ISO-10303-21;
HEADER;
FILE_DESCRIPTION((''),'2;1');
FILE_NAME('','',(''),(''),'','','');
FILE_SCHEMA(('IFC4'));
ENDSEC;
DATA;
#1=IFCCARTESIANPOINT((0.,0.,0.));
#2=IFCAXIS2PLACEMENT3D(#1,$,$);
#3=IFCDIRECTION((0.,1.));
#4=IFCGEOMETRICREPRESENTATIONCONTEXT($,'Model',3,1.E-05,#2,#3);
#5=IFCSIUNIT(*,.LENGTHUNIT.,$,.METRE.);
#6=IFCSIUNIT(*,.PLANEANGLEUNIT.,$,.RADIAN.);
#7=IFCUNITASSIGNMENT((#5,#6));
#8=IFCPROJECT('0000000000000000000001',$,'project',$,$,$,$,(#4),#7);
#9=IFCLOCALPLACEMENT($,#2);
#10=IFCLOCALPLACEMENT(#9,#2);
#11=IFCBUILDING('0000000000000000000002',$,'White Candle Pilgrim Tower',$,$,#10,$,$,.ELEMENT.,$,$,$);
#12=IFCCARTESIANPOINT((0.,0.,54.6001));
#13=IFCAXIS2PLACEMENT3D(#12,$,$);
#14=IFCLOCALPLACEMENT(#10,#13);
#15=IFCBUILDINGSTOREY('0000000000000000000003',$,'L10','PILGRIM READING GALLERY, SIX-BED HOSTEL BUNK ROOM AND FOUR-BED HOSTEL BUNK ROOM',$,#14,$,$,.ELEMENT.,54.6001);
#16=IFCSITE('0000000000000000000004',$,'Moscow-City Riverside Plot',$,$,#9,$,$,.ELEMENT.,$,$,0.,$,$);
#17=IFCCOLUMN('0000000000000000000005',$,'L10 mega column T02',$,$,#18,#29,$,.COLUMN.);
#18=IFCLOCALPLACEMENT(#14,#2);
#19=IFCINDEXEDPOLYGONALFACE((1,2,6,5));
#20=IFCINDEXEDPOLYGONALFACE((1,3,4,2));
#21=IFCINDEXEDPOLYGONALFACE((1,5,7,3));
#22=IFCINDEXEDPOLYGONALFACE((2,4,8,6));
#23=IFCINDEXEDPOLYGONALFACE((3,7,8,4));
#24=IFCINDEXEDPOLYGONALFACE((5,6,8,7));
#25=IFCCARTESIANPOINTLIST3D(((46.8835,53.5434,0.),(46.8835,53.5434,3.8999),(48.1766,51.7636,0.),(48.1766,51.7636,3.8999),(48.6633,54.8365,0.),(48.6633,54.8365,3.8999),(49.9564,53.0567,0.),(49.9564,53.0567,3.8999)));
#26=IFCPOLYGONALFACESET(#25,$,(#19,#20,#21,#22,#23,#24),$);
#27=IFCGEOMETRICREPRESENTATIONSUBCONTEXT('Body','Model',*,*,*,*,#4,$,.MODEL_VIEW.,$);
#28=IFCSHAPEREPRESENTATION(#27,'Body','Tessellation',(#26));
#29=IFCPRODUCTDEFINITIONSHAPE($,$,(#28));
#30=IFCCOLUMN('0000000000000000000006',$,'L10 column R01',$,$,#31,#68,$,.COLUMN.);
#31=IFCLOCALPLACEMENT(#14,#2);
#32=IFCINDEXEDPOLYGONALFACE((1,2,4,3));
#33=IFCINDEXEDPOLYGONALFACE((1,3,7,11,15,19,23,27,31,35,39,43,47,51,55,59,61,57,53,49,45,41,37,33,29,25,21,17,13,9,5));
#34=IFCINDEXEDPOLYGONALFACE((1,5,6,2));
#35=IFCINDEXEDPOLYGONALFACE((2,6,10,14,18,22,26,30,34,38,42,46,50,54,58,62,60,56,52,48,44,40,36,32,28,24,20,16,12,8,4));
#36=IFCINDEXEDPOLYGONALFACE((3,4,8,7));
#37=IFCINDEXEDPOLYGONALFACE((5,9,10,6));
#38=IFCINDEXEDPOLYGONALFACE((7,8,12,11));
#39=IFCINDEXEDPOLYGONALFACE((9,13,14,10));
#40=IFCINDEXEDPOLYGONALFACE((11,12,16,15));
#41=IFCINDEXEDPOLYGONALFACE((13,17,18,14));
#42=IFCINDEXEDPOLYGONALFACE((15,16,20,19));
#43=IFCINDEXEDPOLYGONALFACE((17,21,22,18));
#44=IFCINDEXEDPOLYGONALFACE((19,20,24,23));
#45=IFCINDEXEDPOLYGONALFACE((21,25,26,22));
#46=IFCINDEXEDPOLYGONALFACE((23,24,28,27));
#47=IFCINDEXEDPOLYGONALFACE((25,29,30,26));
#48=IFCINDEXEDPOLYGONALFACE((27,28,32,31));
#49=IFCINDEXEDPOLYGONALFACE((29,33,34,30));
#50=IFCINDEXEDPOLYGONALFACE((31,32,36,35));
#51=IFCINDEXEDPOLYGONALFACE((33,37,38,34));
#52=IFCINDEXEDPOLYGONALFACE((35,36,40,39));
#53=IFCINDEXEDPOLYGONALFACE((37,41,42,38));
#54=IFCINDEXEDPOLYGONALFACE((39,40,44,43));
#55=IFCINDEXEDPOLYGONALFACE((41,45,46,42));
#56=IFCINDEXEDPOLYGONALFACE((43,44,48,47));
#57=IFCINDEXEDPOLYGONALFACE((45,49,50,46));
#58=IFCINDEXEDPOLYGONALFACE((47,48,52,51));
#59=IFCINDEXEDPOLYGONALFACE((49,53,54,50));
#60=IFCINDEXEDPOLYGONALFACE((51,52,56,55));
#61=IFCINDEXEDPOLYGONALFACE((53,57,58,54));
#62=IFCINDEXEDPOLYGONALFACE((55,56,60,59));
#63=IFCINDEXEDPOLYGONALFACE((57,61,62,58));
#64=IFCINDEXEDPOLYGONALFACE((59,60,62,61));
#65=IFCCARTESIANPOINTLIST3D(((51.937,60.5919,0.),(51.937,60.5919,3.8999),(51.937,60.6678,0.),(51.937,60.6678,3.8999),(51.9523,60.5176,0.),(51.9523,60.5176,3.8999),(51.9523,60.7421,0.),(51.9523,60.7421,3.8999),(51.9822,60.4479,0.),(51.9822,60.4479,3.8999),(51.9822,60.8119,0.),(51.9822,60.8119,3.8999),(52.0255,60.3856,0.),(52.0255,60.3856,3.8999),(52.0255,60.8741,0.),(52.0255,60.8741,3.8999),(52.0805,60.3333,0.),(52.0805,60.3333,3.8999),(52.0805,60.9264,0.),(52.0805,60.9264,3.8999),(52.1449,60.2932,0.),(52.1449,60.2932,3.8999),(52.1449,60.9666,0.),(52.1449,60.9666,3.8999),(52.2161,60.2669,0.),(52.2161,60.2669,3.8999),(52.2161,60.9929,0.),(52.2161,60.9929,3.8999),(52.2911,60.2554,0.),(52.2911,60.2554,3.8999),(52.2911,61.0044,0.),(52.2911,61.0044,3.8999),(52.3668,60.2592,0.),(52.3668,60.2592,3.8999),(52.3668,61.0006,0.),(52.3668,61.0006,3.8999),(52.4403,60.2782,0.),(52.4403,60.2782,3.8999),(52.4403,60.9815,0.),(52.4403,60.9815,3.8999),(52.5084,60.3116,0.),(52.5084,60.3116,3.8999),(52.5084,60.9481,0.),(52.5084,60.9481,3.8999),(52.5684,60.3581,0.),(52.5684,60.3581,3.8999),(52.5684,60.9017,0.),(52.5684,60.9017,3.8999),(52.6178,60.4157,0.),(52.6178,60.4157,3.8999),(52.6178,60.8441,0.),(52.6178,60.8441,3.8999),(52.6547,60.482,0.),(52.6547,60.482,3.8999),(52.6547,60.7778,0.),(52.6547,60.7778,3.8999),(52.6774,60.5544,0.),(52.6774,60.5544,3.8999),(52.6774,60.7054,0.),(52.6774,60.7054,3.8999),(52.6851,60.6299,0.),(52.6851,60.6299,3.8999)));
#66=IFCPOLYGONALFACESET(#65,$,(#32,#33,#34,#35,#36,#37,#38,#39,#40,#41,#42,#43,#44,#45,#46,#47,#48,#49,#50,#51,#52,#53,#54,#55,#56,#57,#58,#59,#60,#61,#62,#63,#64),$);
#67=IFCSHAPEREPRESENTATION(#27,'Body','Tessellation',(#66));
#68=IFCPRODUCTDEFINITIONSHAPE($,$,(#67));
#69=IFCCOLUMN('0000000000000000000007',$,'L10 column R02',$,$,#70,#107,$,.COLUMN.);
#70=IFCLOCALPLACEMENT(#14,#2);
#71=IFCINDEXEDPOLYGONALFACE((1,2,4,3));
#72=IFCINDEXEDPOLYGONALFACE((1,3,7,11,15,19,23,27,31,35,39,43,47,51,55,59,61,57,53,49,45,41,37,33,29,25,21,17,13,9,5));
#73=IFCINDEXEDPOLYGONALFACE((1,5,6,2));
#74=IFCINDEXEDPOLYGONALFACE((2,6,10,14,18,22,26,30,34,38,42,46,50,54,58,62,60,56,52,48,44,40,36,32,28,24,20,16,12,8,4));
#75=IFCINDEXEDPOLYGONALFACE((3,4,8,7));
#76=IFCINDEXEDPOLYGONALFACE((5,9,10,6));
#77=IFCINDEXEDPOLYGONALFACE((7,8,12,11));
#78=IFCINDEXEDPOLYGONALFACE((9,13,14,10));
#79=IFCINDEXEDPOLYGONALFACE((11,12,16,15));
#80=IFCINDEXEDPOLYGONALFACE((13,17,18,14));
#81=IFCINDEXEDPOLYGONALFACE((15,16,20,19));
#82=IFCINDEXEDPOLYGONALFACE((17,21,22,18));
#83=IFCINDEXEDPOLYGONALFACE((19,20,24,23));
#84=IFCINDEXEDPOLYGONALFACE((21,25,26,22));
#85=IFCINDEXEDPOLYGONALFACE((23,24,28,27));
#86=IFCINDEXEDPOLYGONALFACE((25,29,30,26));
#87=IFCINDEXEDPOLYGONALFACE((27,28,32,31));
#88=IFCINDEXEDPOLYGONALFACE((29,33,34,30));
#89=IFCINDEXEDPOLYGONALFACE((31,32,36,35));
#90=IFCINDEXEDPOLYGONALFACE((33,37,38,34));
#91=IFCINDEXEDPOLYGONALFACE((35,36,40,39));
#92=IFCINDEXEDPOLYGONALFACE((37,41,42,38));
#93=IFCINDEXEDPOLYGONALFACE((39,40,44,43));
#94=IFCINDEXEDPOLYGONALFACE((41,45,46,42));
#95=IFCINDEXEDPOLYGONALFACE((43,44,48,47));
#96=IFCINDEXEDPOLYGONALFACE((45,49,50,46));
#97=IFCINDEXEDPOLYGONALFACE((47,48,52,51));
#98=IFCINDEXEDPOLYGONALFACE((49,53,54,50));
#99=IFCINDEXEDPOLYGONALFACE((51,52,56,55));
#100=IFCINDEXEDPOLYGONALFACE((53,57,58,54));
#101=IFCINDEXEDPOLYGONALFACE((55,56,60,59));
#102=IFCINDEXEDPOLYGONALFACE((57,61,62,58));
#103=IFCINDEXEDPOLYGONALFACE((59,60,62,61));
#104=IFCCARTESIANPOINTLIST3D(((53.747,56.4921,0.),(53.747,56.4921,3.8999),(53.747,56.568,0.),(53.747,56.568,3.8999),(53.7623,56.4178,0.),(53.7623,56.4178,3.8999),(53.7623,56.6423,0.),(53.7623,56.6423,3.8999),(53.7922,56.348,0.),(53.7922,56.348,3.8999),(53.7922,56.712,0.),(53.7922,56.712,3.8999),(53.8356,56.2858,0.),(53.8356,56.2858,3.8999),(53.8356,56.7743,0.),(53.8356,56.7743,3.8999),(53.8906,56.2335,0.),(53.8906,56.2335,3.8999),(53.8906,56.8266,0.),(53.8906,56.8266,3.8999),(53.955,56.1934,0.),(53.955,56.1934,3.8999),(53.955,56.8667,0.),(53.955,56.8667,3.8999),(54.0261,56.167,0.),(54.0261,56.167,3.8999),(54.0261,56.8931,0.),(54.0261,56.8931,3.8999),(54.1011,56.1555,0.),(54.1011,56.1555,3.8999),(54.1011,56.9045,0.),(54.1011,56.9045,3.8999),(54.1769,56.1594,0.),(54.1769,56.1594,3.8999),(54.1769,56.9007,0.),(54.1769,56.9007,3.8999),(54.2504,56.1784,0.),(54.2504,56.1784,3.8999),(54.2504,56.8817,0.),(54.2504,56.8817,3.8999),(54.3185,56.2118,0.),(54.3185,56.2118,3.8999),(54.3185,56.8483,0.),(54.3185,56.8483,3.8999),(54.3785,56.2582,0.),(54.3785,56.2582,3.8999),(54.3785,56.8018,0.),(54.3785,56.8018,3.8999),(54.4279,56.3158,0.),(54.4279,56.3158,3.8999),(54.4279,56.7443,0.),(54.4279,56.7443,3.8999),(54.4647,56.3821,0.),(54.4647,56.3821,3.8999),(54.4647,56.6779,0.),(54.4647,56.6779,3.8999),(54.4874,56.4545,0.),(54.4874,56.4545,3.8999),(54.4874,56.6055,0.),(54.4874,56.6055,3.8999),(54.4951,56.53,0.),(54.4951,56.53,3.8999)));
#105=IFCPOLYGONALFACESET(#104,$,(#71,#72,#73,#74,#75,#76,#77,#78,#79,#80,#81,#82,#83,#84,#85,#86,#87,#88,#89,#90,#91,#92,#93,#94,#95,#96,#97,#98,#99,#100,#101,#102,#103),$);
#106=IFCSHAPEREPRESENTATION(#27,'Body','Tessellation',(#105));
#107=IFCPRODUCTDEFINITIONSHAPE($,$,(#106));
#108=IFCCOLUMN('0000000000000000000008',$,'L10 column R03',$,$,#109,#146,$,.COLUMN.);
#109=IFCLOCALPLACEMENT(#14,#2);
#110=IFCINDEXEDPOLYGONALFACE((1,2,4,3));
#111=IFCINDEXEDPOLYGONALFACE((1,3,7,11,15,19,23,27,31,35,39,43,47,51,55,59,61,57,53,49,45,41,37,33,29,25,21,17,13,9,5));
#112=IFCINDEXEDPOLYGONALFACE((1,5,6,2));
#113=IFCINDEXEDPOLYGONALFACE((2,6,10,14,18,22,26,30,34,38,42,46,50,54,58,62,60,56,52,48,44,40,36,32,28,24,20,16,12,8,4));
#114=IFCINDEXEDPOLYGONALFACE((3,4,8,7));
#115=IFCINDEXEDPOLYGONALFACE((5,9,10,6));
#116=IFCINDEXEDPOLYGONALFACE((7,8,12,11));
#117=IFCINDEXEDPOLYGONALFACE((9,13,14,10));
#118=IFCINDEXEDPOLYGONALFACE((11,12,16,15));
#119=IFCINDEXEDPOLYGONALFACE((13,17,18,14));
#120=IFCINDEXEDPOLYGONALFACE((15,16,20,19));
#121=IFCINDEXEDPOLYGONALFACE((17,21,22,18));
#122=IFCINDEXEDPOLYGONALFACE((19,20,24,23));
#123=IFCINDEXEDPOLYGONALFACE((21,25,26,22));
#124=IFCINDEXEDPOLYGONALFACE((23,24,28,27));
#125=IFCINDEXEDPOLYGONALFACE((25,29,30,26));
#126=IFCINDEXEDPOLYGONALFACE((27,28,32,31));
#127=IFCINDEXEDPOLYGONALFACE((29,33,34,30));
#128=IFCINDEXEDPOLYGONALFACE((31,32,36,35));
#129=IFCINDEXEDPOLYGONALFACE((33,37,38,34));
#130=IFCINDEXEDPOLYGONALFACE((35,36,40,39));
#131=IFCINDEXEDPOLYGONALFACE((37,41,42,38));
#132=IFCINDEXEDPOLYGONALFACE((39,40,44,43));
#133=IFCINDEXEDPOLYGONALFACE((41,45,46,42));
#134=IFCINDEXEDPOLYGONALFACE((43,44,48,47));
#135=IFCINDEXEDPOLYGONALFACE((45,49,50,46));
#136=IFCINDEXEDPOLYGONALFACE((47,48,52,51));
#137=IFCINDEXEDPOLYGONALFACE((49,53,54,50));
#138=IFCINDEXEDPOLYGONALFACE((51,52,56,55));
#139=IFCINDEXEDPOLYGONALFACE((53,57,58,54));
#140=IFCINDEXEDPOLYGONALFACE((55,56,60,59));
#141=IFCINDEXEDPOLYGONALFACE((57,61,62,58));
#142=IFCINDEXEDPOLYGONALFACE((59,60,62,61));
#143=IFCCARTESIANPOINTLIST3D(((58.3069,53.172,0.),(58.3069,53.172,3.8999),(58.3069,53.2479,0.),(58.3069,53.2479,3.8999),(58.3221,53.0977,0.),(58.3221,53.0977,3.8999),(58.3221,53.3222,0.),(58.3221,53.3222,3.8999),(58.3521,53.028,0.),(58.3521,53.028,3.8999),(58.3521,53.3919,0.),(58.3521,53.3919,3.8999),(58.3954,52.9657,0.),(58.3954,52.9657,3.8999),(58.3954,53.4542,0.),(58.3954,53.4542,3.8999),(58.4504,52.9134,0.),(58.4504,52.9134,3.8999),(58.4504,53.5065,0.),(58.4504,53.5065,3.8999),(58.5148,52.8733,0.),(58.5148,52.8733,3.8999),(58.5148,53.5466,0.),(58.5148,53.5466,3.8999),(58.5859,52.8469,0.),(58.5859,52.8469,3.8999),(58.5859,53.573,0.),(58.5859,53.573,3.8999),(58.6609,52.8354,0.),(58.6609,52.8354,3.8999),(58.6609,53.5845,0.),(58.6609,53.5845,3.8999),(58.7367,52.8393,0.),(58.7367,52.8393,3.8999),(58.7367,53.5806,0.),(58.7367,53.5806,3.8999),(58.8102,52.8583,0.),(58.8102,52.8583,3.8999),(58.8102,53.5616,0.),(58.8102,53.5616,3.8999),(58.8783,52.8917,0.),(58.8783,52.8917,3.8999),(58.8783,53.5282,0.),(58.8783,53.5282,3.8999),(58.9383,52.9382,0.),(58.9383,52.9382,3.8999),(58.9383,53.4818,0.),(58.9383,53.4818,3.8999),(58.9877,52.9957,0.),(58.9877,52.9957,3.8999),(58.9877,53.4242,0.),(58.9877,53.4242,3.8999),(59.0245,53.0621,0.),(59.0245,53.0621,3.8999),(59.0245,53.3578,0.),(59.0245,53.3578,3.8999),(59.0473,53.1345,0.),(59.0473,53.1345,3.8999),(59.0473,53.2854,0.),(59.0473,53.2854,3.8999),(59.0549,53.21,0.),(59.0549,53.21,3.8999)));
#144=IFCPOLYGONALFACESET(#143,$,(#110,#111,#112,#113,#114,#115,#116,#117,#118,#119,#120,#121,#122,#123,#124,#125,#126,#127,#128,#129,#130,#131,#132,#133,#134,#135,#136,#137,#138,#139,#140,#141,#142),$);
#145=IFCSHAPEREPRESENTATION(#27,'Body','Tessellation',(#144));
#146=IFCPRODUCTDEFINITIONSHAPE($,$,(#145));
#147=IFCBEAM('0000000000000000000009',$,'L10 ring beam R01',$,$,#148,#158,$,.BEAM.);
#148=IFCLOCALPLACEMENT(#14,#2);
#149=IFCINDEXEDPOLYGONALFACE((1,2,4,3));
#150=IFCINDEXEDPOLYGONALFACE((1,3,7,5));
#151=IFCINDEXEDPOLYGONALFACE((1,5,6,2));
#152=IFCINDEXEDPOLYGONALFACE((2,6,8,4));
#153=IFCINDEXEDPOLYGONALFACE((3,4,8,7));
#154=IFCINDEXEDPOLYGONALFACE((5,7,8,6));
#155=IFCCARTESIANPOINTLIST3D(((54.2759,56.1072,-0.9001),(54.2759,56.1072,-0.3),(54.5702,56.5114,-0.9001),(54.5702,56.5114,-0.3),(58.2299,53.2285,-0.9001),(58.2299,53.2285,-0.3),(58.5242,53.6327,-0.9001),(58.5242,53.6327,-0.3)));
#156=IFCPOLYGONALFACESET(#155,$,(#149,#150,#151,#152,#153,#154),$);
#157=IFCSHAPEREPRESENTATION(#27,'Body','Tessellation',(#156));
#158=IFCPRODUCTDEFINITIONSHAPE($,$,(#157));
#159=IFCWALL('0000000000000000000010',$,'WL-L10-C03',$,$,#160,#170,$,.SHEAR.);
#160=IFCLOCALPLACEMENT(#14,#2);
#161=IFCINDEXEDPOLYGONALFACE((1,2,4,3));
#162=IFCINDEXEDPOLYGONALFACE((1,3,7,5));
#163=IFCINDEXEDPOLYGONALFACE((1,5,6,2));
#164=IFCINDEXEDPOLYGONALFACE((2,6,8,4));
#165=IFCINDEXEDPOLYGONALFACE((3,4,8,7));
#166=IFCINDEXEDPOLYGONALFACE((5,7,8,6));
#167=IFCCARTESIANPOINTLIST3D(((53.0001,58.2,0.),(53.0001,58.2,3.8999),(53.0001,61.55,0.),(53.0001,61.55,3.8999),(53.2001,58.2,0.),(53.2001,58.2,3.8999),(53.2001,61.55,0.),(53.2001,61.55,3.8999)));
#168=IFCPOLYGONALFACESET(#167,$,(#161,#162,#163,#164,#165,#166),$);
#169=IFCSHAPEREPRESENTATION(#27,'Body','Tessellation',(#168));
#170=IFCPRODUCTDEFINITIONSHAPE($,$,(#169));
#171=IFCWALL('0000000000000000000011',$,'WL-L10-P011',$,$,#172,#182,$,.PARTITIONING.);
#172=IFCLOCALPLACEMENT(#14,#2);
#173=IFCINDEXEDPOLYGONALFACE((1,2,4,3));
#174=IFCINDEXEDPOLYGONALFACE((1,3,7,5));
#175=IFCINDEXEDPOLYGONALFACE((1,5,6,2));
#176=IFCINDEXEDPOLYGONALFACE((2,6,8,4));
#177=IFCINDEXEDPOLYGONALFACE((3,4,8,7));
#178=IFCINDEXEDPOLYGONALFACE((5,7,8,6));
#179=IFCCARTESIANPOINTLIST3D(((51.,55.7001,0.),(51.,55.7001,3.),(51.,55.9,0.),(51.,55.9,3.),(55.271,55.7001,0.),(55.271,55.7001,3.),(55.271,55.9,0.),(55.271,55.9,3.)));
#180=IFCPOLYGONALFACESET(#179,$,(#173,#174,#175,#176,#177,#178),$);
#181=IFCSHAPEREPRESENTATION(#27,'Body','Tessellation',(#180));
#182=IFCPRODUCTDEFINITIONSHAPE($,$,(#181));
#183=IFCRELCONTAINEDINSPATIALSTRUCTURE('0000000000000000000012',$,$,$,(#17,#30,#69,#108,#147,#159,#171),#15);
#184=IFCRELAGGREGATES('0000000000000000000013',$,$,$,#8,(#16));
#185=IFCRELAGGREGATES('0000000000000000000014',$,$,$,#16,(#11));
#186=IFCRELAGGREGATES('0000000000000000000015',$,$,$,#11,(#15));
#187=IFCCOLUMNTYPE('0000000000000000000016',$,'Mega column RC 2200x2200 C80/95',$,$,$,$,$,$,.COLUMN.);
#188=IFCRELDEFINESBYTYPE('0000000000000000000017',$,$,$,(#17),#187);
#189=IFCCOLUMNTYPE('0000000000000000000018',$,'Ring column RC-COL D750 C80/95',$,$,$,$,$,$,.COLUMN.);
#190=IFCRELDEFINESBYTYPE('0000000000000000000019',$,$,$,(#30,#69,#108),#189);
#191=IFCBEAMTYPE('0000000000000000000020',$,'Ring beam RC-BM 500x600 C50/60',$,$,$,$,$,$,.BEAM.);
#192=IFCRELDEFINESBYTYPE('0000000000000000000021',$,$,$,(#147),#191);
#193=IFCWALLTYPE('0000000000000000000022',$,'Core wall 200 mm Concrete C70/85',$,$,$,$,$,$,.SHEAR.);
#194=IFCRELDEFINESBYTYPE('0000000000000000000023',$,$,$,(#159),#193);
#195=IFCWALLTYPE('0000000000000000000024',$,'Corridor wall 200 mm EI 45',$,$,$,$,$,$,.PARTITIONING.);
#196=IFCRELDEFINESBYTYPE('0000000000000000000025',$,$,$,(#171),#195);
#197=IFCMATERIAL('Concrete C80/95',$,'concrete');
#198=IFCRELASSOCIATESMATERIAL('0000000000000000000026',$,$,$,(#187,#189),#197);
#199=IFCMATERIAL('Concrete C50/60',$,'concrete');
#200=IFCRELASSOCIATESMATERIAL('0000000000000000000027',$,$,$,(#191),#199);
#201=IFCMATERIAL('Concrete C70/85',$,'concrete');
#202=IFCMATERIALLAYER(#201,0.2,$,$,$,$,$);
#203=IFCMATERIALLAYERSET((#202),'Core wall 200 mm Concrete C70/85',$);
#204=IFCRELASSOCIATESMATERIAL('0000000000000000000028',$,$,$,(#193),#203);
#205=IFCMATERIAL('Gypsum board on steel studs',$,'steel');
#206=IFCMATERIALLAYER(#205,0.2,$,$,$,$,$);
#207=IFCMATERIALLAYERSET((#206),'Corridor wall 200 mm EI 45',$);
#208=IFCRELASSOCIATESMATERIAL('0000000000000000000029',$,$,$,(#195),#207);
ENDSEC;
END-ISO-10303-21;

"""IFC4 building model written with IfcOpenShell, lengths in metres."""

from ifc_helpers import new_model, si_unit, direction, frame, frame_2d, origin, origin_2d, place, context, subcontext, project, spatial, rectangle, circle, extrude, material, layer, layer_set, material_profile, profile_set, type_object, element, save


model = new_model("IFC4")

# Units and contexts
model_context = context("Model", 3, precision=1e-05, world=origin(), true_north=direction((0.0, 1.0)))
body_context = subcontext(model_context, "Body", "Model", "MODEL_VIEW")
ifc_project = project(units=[si_unit("LENGTHUNIT", "METRE"), si_unit("PLANEANGLEUNIT", "RADIAN")], contexts=[model_context])

# Site, building, storey
site_placement = place(None, origin())
site = spatial("IfcSite", under=ifc_project, at=site_placement, Name="Moscow-City Riverside Plot", CompositionType="ELEMENT", RefElevation=0.0)
building_placement = place(site_placement, origin())
building = spatial("IfcBuilding", under=site, at=building_placement, Name="White Candle Pilgrim Tower", CompositionType="ELEMENT")
storey_placement = place(building_placement, frame((0.0, 0.0, 54.6001)))
storey = spatial("IfcBuildingStorey", under=building, at=storey_placement, Name="L10", Description="PILGRIM READING GALLERY, SIX-BED HOSTEL BUNK ROOM AND FOUR-BED HOSTEL BUNK ROOM", CompositionType="ELEMENT", Elevation=54.6001)

# Columns
ifc_material_1 = material(Name="Concrete C80/95", Category="concrete")
ifc_material_profile_1 = material_profile(ifc_material_1, rectangle(XDim=2.2, YDim=2.2, at=origin_2d()), Name="RC 2200x2200")
ifc_profile_set_1 = profile_set([ifc_material_profile_1], Name="Concrete C80/95")
column_type_1 = type_object("IfcColumnType", Name="Mega column RC 2200x2200 C80/95", PredefinedType="COLUMN", material=ifc_profile_set_1)
column_placement = place(storey_placement, frame((48.4199, 53.3, 0.0), z_axis=(0.0, 0.0, 1.0), x_axis=(-0.809017, -0.587785, 0.0)))
element("IfcColumn", 1, at=column_placement, inside=storey, type_object=column_type_1, Name="L10 mega column T02", PredefinedType="COLUMN", context=body_context, shape_type="SweptSolid", body=[
    extrude(rectangle(XDim=2.2, YDim=2.2, at=origin_2d()), origin(), (0.0, 0.0, 1.0), 3.8999),
])
ifc_material_profile_2 = material_profile(ifc_material_1, circle(Radius=0.375, at=origin_2d()), Name="RC-COL D750")
ifc_profile_set_2 = profile_set([ifc_material_profile_2], Name="Concrete C80/95")
column_type_2 = type_object("IfcColumnType", Name="Ring column RC-COL D750 C80/95", PredefinedType="COLUMN", material=ifc_profile_set_2)
for number, where, z_axis, x_axis, name in (
    (2, (52.3101, 60.6299, 0.0), (0.0, 0.0, 1.0), (1.0, 0.0, 0.0), "L10 column R01"),
    (3, (54.1201, 56.53, 0.0), (0.0, 0.0, 1.0), (1.0, 0.0, 0.0), "L10 column R02"),
    (4, (58.6799, 53.21, 0.0), (0.0, 0.0, 1.0), (1.0, 0.0, 0.0), "L10 column R03"),
):
    element("IfcColumn", number, at=place(storey_placement, frame(where, z_axis=z_axis, x_axis=x_axis)), inside=storey, type_object=column_type_2, Name=name, PredefinedType="COLUMN", context=body_context, shape_type="SweptSolid", body=[
        extrude(circle(Radius=0.375, at=origin_2d()), origin(), (0.0, 0.0, 1.0), 3.8999),
    ])

# Beam
ifc_material_2 = material(Name="Concrete C50/60", Category="concrete")
ifc_material_profile_3 = material_profile(ifc_material_2, rectangle(XDim=0.5, YDim=0.6001, at=origin_2d()), Name="RC-BM 500x600")
ifc_profile_set_3 = profile_set([ifc_material_profile_3], Name="Concrete C50/60")
beam_type = type_object("IfcBeamType", Name="Ring beam RC-BM 500x600 C50/60", PredefinedType="BEAM", material=ifc_profile_set_3)
beam_placement = place(storey_placement, frame((54.4231, 56.3093, -0.6001), z_axis=(0.808432, -0.58859, 0.0), x_axis=(0.58859, 0.808432, 0.0)))
element("IfcBeam", 5, at=beam_placement, inside=storey, type_object=beam_type, Name="L10 ring beam R01", PredefinedType="BEAM", context=body_context, shape_type="SweptSolid", body=[
    extrude(rectangle(XDim=0.5, YDim=0.6001, at=origin_2d()), origin(), (0.0, 0.0, 1.0), 4.8909),
])

# Walls
ifc_material_3 = material(Name="Concrete C70/85", Category="concrete")
ifc_layer_1 = layer(ifc_material_3, 0.2)
ifc_layer_set_1 = layer_set([ifc_layer_1], Name="Core wall 200 mm Concrete C70/85")
wall_type_1 = type_object("IfcWallType", Name="Core wall 200 mm Concrete C70/85", PredefinedType="SHEAR", material=ifc_layer_set_1)
wall_1_placement = place(storey_placement, frame((53.1001, 58.2, 0.0), z_axis=(0.0, 0.0, 1.0), x_axis=(0.0, 1.0, 0.0)))
element("IfcWall", 6, at=wall_1_placement, inside=storey, type_object=wall_type_1, Name="WL-L10-C03", PredefinedType="SHEAR", context=body_context, shape_type="SweptSolid", body=[
    extrude(rectangle(XDim=3.3501, YDim=0.2, at=frame_2d((1.675, 0.0))), origin(), (0.0, 0.0, 1.0), 3.8999),
])
ifc_material_4 = material(Name="Gypsum board on steel studs", Category="steel")
ifc_layer_2 = layer(ifc_material_4, 0.2)
ifc_layer_set_2 = layer_set([ifc_layer_2], Name="Corridor wall 200 mm EI 45")
wall_type_2 = type_object("IfcWallType", Name="Corridor wall 200 mm EI 45", PredefinedType="PARTITIONING", material=ifc_layer_set_2)
wall_2_placement = place(storey_placement, frame((55.271, 55.8, 0.0), z_axis=(0.0, 0.0, 1.0), x_axis=(-1.0, 0.0, 0.0)))
element("IfcWall", 7, at=wall_2_placement, inside=storey, type_object=wall_type_2, Name="WL-L10-P011", PredefinedType="PARTITIONING", context=body_context, shape_type="SweptSolid", body=[
    extrude(rectangle(XDim=4.271, YDim=0.2, at=frame_2d((2.1355, 0.0))), origin(), (0.0, 0.0, 1.0), 3.0),
])

save(model, "model.ifc")
